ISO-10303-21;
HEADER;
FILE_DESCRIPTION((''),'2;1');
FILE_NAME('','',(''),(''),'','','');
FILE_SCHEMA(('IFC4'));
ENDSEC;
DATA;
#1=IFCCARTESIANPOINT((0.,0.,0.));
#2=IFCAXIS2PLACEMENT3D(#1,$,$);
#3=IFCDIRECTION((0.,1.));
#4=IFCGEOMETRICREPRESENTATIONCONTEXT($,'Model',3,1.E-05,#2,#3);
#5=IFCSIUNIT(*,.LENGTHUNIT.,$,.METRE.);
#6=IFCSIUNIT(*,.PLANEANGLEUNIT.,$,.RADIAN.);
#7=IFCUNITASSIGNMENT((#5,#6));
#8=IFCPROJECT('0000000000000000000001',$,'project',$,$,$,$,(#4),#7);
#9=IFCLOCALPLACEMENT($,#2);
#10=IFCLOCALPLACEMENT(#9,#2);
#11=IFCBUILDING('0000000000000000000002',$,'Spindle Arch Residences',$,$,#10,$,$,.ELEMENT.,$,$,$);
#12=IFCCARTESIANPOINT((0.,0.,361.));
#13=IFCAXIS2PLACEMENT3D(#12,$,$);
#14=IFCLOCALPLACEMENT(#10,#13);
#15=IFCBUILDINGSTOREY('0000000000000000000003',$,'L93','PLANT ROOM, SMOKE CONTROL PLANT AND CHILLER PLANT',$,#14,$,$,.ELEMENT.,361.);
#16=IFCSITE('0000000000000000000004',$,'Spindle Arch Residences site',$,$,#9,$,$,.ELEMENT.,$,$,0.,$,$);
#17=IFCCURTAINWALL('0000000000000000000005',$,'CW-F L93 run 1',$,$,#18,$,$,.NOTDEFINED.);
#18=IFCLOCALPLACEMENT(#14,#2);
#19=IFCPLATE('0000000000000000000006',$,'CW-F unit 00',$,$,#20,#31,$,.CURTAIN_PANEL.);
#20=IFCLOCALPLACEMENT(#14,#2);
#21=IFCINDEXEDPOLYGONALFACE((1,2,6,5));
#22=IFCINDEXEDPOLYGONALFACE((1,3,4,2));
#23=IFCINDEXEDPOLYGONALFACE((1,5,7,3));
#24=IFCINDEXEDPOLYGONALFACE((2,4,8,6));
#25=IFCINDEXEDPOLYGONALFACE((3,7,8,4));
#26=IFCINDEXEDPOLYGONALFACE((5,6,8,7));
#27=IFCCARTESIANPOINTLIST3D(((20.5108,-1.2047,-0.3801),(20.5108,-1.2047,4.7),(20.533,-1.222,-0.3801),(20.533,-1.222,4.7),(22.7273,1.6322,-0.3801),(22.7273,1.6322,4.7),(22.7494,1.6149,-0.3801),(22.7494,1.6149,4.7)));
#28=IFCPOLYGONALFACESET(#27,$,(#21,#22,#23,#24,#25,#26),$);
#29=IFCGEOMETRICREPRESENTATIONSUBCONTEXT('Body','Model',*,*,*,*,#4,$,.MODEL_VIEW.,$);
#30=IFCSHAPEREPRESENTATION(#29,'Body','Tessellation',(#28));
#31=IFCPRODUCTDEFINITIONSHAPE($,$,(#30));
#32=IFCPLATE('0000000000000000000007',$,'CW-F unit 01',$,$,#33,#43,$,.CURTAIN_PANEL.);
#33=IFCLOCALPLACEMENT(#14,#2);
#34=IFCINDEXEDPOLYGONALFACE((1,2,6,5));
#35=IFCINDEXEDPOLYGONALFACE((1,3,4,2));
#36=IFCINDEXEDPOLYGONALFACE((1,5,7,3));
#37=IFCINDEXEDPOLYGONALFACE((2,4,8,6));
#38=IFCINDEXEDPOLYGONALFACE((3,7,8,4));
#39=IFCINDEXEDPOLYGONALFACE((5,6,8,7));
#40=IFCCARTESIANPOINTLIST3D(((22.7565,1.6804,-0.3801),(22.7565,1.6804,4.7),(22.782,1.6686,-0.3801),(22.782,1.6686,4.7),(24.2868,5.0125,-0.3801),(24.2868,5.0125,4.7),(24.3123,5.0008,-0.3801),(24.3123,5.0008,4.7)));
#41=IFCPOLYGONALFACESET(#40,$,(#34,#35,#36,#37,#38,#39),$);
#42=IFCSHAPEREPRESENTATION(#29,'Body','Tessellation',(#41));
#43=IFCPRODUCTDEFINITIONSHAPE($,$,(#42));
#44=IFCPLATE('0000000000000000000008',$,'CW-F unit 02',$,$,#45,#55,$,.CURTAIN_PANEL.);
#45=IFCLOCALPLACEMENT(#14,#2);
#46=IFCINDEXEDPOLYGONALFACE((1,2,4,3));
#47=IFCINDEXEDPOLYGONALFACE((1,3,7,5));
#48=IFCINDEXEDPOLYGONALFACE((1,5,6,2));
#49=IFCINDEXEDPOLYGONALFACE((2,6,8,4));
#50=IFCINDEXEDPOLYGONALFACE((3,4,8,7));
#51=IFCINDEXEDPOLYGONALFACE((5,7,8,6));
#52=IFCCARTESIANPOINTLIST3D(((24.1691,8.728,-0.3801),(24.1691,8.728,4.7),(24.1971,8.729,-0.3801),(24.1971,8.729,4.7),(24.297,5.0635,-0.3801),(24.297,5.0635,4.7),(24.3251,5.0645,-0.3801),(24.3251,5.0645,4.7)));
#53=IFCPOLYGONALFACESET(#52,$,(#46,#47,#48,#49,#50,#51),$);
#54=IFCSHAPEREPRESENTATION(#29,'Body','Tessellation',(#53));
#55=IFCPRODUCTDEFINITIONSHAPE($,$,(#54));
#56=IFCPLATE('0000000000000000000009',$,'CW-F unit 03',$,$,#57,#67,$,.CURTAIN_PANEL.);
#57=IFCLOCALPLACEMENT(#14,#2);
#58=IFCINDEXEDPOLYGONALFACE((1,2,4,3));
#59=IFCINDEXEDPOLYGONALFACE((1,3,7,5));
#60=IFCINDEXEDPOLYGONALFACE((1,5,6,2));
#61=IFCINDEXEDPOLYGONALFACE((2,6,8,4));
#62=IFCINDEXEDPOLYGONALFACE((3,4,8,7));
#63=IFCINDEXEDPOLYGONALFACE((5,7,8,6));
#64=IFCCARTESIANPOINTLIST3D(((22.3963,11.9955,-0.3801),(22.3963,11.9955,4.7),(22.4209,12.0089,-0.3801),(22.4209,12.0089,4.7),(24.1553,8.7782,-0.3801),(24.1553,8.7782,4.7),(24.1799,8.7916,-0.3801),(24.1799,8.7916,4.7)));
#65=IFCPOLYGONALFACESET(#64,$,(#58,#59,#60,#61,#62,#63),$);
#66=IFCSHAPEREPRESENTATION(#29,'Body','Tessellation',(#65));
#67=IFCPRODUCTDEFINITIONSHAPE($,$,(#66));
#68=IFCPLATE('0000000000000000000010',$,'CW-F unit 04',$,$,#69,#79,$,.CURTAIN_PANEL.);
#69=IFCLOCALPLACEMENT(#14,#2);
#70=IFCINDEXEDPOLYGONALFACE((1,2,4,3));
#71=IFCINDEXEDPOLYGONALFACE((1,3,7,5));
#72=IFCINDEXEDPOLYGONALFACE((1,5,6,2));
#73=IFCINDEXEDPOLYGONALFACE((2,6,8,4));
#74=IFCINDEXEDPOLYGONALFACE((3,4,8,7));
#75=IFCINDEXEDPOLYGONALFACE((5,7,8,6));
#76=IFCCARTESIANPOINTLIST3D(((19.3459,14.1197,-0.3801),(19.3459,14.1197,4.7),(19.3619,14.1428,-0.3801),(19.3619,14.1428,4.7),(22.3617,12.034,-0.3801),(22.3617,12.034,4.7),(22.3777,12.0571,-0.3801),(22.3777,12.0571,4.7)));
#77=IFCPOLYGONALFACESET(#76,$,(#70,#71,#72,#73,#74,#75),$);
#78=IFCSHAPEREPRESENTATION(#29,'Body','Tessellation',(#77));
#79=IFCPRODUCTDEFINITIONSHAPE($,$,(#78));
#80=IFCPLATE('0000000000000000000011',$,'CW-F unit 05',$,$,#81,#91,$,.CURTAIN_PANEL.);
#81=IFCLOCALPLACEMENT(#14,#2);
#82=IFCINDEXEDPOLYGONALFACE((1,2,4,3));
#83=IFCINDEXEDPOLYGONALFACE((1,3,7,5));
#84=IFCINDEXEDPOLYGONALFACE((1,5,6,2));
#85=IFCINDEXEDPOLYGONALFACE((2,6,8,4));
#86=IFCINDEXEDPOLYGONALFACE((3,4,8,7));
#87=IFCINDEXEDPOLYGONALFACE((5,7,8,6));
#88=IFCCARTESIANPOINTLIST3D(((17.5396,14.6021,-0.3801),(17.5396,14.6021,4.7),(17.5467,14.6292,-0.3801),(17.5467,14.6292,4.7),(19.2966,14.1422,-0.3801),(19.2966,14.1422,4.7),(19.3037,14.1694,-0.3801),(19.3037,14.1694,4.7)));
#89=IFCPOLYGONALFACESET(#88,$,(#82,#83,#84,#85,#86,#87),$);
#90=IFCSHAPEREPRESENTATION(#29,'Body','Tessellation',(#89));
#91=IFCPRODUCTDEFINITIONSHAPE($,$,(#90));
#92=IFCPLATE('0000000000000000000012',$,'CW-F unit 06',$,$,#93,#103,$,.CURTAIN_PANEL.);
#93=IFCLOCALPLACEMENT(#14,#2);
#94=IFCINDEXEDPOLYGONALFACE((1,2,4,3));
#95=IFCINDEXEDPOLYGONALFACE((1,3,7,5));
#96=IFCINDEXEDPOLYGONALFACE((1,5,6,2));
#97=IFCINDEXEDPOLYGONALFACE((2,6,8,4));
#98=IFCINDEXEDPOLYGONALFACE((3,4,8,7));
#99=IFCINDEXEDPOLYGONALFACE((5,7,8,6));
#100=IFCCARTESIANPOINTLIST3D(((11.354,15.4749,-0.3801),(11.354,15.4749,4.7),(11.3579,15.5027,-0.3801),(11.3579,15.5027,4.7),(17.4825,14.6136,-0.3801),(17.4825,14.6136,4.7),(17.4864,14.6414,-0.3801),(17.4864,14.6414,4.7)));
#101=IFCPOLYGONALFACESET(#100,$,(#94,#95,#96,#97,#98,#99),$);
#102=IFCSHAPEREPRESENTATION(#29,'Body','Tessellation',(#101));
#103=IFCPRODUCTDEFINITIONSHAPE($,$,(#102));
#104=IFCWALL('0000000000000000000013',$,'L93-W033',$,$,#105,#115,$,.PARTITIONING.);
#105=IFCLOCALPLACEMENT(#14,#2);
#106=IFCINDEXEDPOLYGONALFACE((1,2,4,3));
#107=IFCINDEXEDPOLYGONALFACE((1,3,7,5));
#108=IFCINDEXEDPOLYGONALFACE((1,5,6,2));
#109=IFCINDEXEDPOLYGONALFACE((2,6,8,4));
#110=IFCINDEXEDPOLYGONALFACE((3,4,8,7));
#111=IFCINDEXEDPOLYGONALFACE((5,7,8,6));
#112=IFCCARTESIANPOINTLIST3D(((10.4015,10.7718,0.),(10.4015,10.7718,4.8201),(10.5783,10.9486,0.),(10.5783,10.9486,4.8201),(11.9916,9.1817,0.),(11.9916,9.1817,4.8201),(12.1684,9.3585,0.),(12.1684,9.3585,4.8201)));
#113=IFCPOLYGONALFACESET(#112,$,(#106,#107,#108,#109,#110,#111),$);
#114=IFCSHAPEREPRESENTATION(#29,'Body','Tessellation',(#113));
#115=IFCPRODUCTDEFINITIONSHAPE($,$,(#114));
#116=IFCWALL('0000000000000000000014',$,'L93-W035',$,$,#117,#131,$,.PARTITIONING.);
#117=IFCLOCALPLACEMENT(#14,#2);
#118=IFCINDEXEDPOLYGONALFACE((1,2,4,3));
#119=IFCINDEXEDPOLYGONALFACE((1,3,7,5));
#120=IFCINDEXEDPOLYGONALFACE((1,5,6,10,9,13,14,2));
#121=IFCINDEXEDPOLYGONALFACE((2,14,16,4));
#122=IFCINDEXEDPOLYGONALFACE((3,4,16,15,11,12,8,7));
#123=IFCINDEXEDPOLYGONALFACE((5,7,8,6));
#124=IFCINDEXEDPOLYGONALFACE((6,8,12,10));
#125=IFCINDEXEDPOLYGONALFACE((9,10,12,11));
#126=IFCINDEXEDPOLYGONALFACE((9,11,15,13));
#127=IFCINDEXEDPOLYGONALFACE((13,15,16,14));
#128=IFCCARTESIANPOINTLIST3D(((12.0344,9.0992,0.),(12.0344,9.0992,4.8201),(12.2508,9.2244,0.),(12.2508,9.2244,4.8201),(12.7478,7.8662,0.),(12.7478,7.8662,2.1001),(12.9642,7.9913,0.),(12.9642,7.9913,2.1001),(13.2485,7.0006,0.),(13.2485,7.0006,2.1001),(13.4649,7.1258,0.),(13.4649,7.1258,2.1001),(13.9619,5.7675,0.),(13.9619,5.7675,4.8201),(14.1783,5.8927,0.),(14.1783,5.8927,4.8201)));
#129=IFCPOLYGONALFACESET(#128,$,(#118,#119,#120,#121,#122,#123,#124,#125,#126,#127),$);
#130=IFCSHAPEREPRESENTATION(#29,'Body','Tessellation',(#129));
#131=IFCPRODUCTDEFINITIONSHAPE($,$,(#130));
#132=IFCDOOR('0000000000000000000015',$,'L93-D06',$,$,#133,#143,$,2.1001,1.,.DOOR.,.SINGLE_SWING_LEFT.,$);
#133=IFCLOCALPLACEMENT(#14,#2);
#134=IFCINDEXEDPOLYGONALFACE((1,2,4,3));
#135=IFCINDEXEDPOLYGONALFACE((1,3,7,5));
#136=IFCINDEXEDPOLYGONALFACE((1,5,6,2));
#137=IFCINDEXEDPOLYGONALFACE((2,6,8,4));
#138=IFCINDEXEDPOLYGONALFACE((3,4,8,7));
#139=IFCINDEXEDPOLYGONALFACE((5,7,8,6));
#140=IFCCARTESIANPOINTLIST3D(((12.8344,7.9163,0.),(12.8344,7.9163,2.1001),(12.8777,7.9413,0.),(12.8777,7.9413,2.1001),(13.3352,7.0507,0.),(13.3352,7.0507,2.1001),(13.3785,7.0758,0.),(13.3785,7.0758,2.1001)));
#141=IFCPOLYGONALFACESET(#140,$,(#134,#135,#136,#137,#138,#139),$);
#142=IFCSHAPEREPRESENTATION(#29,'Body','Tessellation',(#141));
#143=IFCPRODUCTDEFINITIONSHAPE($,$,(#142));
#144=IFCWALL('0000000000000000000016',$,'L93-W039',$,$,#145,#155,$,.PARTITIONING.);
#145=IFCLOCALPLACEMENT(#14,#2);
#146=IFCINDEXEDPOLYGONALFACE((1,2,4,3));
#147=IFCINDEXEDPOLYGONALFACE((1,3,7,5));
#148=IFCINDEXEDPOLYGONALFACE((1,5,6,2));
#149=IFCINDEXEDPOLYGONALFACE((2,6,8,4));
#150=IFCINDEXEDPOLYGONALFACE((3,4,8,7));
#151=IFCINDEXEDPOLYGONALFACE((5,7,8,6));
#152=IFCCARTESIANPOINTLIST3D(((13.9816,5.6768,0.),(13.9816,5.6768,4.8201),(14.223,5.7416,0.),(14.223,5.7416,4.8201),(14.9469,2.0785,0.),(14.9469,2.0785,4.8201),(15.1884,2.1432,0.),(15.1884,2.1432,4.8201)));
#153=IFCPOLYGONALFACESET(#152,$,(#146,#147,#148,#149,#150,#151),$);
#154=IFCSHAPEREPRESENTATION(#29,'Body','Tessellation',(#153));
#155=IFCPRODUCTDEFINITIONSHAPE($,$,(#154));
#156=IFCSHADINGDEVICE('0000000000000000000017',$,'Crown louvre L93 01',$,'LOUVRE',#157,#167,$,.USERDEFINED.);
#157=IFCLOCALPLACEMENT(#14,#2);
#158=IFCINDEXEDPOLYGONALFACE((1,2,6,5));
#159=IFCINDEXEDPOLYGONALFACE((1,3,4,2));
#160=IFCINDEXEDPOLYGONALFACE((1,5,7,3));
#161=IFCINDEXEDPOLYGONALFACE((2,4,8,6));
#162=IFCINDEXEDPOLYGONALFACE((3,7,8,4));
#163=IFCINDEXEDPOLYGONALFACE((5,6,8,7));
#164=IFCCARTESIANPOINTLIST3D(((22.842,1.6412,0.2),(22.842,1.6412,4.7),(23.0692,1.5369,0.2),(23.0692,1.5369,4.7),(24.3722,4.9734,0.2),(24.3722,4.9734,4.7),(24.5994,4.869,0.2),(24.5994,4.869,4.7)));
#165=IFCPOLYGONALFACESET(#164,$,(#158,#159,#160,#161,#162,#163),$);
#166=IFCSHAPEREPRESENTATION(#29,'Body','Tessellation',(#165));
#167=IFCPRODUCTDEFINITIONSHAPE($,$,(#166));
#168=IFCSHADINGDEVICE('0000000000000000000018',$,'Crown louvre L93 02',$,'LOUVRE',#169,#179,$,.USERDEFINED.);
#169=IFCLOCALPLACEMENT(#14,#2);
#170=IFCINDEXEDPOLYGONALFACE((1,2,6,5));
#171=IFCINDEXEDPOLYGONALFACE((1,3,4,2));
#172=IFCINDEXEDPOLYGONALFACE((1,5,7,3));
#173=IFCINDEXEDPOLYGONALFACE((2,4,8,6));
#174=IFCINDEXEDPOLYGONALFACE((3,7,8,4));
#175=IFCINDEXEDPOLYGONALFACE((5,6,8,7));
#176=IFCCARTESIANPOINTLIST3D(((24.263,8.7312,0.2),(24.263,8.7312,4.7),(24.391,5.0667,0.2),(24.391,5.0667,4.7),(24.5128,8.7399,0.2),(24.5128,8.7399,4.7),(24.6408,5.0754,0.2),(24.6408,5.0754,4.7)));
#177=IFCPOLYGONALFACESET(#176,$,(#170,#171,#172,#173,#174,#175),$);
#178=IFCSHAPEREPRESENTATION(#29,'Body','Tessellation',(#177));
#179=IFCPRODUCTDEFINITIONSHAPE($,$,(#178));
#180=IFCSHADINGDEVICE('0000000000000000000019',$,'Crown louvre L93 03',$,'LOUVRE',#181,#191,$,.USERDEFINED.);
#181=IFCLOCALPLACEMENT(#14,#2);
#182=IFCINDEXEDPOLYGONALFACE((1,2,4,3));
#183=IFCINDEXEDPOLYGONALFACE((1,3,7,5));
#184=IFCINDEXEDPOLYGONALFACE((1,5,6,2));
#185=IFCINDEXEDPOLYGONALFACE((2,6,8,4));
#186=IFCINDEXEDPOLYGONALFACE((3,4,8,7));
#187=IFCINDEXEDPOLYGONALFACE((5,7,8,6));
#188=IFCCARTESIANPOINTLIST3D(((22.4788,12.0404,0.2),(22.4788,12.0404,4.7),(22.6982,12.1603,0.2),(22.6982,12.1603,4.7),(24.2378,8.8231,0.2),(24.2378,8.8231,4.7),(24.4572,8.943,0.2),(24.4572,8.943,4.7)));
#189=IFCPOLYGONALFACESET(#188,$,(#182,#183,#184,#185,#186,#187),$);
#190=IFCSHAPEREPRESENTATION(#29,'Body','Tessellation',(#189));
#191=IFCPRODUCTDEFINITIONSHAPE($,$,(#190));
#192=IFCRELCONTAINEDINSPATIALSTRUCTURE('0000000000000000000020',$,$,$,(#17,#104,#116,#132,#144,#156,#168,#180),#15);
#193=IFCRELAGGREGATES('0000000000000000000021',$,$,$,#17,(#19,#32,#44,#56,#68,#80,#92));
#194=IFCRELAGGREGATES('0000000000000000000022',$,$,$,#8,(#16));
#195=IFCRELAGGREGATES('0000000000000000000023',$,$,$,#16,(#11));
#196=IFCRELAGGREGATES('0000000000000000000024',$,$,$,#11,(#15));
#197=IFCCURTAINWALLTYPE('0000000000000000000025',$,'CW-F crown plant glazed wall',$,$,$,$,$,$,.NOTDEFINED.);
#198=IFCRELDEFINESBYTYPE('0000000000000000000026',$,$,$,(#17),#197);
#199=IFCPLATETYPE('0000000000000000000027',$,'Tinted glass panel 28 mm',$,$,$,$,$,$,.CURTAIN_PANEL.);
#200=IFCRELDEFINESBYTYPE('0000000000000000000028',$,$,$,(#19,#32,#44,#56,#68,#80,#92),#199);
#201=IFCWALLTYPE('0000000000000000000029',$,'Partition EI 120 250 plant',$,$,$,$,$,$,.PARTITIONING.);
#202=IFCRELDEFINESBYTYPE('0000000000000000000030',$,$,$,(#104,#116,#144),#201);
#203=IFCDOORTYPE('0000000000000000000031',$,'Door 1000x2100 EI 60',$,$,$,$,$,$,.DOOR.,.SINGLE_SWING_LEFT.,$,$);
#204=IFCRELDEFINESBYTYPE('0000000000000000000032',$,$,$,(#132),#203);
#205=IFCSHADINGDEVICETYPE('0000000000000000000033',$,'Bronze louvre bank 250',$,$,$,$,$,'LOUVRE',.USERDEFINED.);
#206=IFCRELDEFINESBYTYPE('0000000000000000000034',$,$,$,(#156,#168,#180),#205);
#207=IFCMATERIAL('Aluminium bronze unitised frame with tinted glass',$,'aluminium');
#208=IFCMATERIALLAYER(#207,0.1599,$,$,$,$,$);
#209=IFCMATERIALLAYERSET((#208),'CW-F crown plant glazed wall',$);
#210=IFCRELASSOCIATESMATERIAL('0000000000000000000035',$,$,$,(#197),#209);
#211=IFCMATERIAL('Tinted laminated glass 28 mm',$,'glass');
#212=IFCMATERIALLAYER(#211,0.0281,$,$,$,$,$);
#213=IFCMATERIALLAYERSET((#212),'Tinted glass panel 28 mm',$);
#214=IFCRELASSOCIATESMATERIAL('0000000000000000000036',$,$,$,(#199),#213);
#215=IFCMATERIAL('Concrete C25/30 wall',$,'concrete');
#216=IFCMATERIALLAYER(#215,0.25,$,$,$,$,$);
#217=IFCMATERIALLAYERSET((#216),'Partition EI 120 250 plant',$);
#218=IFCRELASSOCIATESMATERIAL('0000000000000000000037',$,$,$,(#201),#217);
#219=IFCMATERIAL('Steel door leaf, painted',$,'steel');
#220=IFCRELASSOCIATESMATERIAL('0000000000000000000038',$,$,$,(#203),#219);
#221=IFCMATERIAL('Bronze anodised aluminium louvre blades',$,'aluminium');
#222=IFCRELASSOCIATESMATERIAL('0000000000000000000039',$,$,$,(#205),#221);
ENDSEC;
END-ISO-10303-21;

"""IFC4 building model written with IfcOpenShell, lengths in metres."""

from ifc_helpers import new_model, si_unit, direction, frame, frame_2d, origin, origin_2d, place, context, subcontext, project, spatial, rectangle, extrude, material, layer, layer_set, type_object, element, fill, aggregate, save


model = new_model("IFC4")

# Units and contexts
model_context = context("Model", 3, precision=1e-05, world=origin(), true_north=direction((0.0, 1.0)))
body_context = subcontext(model_context, "Body", "Model", "MODEL_VIEW")
ifc_project = project(units=[si_unit("LENGTHUNIT", "METRE"), si_unit("PLANEANGLEUNIT", "RADIAN")], contexts=[model_context])

# Site, building, storey
site_placement = place(None, origin())
site = spatial("IfcSite", under=ifc_project, at=site_placement, Name="Spindle Arch Residences site", CompositionType="ELEMENT", RefElevation=0.0)
building_placement = place(site_placement, origin())
building = spatial("IfcBuilding", under=site, at=building_placement, Name="Spindle Arch Residences", CompositionType="ELEMENT")
storey_placement = place(building_placement, frame((0.0, 0.0, 361.0)))
storey = spatial("IfcBuildingStorey", under=building, at=storey_placement, Name="L93", Description="PLANT ROOM, SMOKE CONTROL PLANT AND CHILLER PLANT", CompositionType="ELEMENT", Elevation=361.0)

# Curtain wall
ifc_material_1 = material(Name="Aluminium bronze unitised frame with tinted glass", Category="aluminium")
ifc_layer_1 = layer(ifc_material_1, 0.1599)
ifc_layer_set_1 = layer_set([ifc_layer_1], Name="CW-F crown plant glazed wall")
curtain_wall_type = type_object("IfcCurtainWallType", Name="CW-F crown plant glazed wall", PredefinedType="NOTDEFINED", material=ifc_layer_set_1)
curtain_wall_placement = place(storey_placement, origin())
curtain_wall = element("IfcCurtainWall", 1, at=curtain_wall_placement, inside=storey, type_object=curtain_wall_type, Name="CW-F L93 run 1", PredefinedType="NOTDEFINED")

# Plates
ifc_material_2 = material(Name="Tinted laminated glass 28 mm", Category="glass")
ifc_layer_2 = layer(ifc_material_2, 0.0281)
ifc_layer_set_2 = layer_set([ifc_layer_2], Name="Tinted glass panel 28 mm")
plate_type = type_object("IfcPlateType", Name="Tinted glass panel 28 mm", PredefinedType="CURTAIN_PANEL", material=ifc_layer_set_2)
plate_1_placement = place(storey_placement, frame((21.6301, 0.2051, -0.3801), z_axis=(0.0, 0.0, 1.0), x_axis=(0.615661, 0.788011, 0.0)))
plate_1 = element("IfcPlate", 2, at=plate_1_placement, type_object=plate_type, Name="CW-F unit 00", PredefinedType="CURTAIN_PANEL", context=body_context, shape_type="SweptSolid", body=[
    extrude(rectangle(XDim=3.6001, YDim=0.0281, at=origin_2d()), origin(), (0.0, 0.0, 1.0), 5.0801),
])
plate_2_placement = place(storey_placement, frame((23.5344, 3.3406, -0.3801), z_axis=(0.0, 0.0, 1.0), x_axis=(0.417338, 0.908751, 0.0)))
plate_2 = element("IfcPlate", 3, at=plate_2_placement, type_object=plate_type, Name="CW-F unit 01", PredefinedType="CURTAIN_PANEL", context=body_context, shape_type="SweptSolid", body=[
    extrude(rectangle(XDim=3.6667, YDim=0.0281, at=origin_2d()), origin(), (0.0, 0.0, 1.0), 5.0801),
])
plate_3_placement = place(storey_placement, frame((24.2471, 6.8962, -0.3801), z_axis=(0.0, 0.0, 1.0), x_axis=(-0.034899, 0.999391, 0.0)))
plate_3 = element("IfcPlate", 4, at=plate_3_placement, type_object=plate_type, Name="CW-F unit 02", PredefinedType="CURTAIN_PANEL", context=body_context, shape_type="SweptSolid", body=[
    extrude(rectangle(XDim=3.6667, YDim=0.0281, at=origin_2d()), origin(), (0.0, 0.0, 1.0), 5.0801),
])
plate_4_placement = place(storey_placement, frame((23.2881, 10.3936, -0.3801), z_axis=(0.0, 0.0, 1.0), x_axis=(-0.479713, 0.877425, 0.0)))
plate_4 = element("IfcPlate", 5, at=plate_4_placement, type_object=plate_type, Name="CW-F unit 03", PredefinedType="CURTAIN_PANEL", context=body_context, shape_type="SweptSolid", body=[
    extrude(rectangle(XDim=3.6667, YDim=0.0281, at=origin_2d()), origin(), (0.0, 0.0, 1.0), 5.0801),
])
plate_5_placement = place(storey_placement, frame((20.8618, 13.0884, -0.3801), z_axis=(0.0, 0.0, 1.0), x_axis=(-0.822475, 0.568801, 0.0)))
plate_5 = element("IfcPlate", 6, at=plate_5_placement, type_object=plate_type, Name="CW-F unit 04", PredefinedType="CURTAIN_PANEL", context=body_context, shape_type="SweptSolid", body=[
    extrude(rectangle(XDim=3.6667, YDim=0.0281, at=origin_2d()), origin(), (0.0, 0.0, 1.0), 5.0801),
])
plate_6_placement = place(storey_placement, frame((18.4216, 14.3857, -0.3801), z_axis=(0.0, 0.0, 1.0), x_axis=(-0.967415, 0.253195, 0.0)))
plate_6 = element("IfcPlate", 7, at=plate_6_placement, type_object=plate_type, Name="CW-F unit 05", PredefinedType="CURTAIN_PANEL", context=body_context, shape_type="SweptSolid", body=[
    extrude(rectangle(XDim=1.8162, YDim=0.0281, at=origin_2d()), origin(), (0.0, 0.0, 1.0), 5.0801),
])
plate_7_placement = place(storey_placement, frame((14.4202, 15.0581, -0.3801), z_axis=(0.0, 0.0, 1.0), x_axis=(-0.990268, 0.139173, 0.0)))
plate_7 = element("IfcPlate", 8, at=plate_7_placement, type_object=plate_type, Name="CW-F unit 06", PredefinedType="CURTAIN_PANEL", context=body_context, shape_type="SweptSolid", body=[
    extrude(rectangle(XDim=6.1887, YDim=0.0281, at=origin_2d()), origin(), (0.0, 0.0, 1.0), 5.0801),
])
aggregate(curtain_wall, [plate_1, plate_2, plate_3, plate_4, plate_5, plate_6, plate_7])

# Wall
ifc_material_3 = material(Name="Concrete C25/30 wall", Category="concrete")
ifc_layer_3 = layer(ifc_material_3, 0.25)
ifc_layer_set_3 = layer_set([ifc_layer_3], Name="Partition EI 120 250 plant")
wall_type = type_object("IfcWallType", Name="Partition EI 120 250 plant", PredefinedType="PARTITIONING", material=ifc_layer_set_3)
wall_1_placement = place(storey_placement, frame((12.0801, 9.27, 0.0), z_axis=(0.0, 0.0, 1.0), x_axis=(-0.707107, 0.707107, 0.0)))
element("IfcWall", 9, at=wall_1_placement, inside=storey, type_object=wall_type, Name="L93-W033", PredefinedType="PARTITIONING", context=body_context, shape_type="SweptSolid", body=[
    extrude(rectangle(XDim=2.2488, YDim=0.25, at=frame_2d((1.1245, 0.0))), origin(), (0.0, 0.0, 1.0), 4.8201),
])

# Wall, opening, door
wall_2_placement = place(storey_placement, frame((14.0701, 5.8301, 0.0), z_axis=(0.0, 0.0, 1.0), x_axis=(-0.500756, 0.865588, 0.0)))
wall_2 = element("IfcWall", 10, at=wall_2_placement, inside=storey, type_object=wall_type, Name="L93-W035", PredefinedType="PARTITIONING", context=body_context, shape_type="SweptSolid", body=[
    extrude(rectangle(XDim=3.8491, YDim=0.25, at=frame_2d((1.9246, 0.0))), origin(), (0.0, 0.0, 1.0), 4.8201),
])
opening_placement = place(wall_2_placement, frame((1.4246, 0.0, 0.0)))
opening = element("IfcOpeningElement", 11, at=opening_placement, cuts=wall_2, PredefinedType="OPENING", context=body_context, shape_type="SweptSolid", body=[
    extrude(rectangle(XDim=1.0, YDim=2.1001, at=frame_2d((0.5, 1.05))), frame((0.0, 0.135, 0.0), z_axis=(0.0, -1.0, 0.0), x_axis=(1.0, 0.0, 0.0)), (0.0, 0.0, 1.0), 0.27),
])
ifc_material_4 = material(Name="Steel door leaf, painted", Category="steel")
door_type = type_object("IfcDoorType", Name="Door 1000x2100 EI 60", OperationType="SINGLE_SWING_LEFT", PredefinedType="DOOR", material=ifc_material_4)
door_placement = place(opening_placement, origin())
door = element("IfcDoor", 12, at=door_placement, inside=storey, type_object=door_type, Name="L93-D06", OperationType="SINGLE_SWING_LEFT", OverallHeight=2.1001, OverallWidth=1.0, PredefinedType="DOOR", context=body_context, shape_type="SweptSolid", body=[
    extrude(rectangle(XDim=1.0, YDim=2.1001, at=frame_2d((0.5, 1.05))), frame((0.0, 0.0249, 0.0), z_axis=(0.0, -1.0, 0.0), x_axis=(1.0, 0.0, 0.0)), (0.0, 0.0, 1.0), 0.05),
])
fill(opening, door)

# Wall
wall_3_placement = place(storey_placement, frame((15.0676, 2.1108, 0.0), z_axis=(0.0, 0.0, 1.0), x_axis=(-0.259106, 0.965849, 0.0)))
element("IfcWall", 13, at=wall_3_placement, inside=storey, type_object=wall_type, Name="L93-W039", PredefinedType="PARTITIONING", context=body_context, shape_type="SweptSolid", body=[
    extrude(rectangle(XDim=3.7256, YDim=0.25, at=frame_2d((1.8628, 0.0))), origin(), (0.0, 0.0, 1.0), 4.8201),
])

# Shading devices
ifc_material_5 = material(Name="Bronze anodised aluminium louvre blades", Category="aluminium")
shading_device_type = type_object("IfcShadingDeviceType", Name="Bronze louvre bank 250", ElementType="LOUVRE", PredefinedType="USERDEFINED", material=ifc_material_5)
for number, where, z_axis, x_axis, name in (
    (14, (23.7207, 3.2551, 0.2), (0.0, 0.0, 1.0), (0.417338, 0.908751, 0.0), "Crown louvre L93 01"),
    (15, (24.4519, 6.9033, 0.2), (0.0, 0.0, 1.0), (-0.034899, 0.999391, 0.0), "Crown louvre L93 02"),
    (16, (23.468, 10.4917, 0.2), (0.0, 0.0, 1.0), (-0.479713, 0.877425, 0.0), "Crown louvre L93 03"),
):
    element("IfcShadingDevice", number, at=place(storey_placement, frame(where, z_axis=z_axis, x_axis=x_axis)), inside=storey, type_object=shading_device_type, Name=name, ObjectType="LOUVRE", PredefinedType="USERDEFINED", context=body_context, shape_type="SweptSolid", body=[
        extrude(rectangle(XDim=3.6667, YDim=0.25, at=origin_2d()), origin(), (0.0, 0.0, 1.0), 4.5),
    ])

save(model, "model.ifc")
